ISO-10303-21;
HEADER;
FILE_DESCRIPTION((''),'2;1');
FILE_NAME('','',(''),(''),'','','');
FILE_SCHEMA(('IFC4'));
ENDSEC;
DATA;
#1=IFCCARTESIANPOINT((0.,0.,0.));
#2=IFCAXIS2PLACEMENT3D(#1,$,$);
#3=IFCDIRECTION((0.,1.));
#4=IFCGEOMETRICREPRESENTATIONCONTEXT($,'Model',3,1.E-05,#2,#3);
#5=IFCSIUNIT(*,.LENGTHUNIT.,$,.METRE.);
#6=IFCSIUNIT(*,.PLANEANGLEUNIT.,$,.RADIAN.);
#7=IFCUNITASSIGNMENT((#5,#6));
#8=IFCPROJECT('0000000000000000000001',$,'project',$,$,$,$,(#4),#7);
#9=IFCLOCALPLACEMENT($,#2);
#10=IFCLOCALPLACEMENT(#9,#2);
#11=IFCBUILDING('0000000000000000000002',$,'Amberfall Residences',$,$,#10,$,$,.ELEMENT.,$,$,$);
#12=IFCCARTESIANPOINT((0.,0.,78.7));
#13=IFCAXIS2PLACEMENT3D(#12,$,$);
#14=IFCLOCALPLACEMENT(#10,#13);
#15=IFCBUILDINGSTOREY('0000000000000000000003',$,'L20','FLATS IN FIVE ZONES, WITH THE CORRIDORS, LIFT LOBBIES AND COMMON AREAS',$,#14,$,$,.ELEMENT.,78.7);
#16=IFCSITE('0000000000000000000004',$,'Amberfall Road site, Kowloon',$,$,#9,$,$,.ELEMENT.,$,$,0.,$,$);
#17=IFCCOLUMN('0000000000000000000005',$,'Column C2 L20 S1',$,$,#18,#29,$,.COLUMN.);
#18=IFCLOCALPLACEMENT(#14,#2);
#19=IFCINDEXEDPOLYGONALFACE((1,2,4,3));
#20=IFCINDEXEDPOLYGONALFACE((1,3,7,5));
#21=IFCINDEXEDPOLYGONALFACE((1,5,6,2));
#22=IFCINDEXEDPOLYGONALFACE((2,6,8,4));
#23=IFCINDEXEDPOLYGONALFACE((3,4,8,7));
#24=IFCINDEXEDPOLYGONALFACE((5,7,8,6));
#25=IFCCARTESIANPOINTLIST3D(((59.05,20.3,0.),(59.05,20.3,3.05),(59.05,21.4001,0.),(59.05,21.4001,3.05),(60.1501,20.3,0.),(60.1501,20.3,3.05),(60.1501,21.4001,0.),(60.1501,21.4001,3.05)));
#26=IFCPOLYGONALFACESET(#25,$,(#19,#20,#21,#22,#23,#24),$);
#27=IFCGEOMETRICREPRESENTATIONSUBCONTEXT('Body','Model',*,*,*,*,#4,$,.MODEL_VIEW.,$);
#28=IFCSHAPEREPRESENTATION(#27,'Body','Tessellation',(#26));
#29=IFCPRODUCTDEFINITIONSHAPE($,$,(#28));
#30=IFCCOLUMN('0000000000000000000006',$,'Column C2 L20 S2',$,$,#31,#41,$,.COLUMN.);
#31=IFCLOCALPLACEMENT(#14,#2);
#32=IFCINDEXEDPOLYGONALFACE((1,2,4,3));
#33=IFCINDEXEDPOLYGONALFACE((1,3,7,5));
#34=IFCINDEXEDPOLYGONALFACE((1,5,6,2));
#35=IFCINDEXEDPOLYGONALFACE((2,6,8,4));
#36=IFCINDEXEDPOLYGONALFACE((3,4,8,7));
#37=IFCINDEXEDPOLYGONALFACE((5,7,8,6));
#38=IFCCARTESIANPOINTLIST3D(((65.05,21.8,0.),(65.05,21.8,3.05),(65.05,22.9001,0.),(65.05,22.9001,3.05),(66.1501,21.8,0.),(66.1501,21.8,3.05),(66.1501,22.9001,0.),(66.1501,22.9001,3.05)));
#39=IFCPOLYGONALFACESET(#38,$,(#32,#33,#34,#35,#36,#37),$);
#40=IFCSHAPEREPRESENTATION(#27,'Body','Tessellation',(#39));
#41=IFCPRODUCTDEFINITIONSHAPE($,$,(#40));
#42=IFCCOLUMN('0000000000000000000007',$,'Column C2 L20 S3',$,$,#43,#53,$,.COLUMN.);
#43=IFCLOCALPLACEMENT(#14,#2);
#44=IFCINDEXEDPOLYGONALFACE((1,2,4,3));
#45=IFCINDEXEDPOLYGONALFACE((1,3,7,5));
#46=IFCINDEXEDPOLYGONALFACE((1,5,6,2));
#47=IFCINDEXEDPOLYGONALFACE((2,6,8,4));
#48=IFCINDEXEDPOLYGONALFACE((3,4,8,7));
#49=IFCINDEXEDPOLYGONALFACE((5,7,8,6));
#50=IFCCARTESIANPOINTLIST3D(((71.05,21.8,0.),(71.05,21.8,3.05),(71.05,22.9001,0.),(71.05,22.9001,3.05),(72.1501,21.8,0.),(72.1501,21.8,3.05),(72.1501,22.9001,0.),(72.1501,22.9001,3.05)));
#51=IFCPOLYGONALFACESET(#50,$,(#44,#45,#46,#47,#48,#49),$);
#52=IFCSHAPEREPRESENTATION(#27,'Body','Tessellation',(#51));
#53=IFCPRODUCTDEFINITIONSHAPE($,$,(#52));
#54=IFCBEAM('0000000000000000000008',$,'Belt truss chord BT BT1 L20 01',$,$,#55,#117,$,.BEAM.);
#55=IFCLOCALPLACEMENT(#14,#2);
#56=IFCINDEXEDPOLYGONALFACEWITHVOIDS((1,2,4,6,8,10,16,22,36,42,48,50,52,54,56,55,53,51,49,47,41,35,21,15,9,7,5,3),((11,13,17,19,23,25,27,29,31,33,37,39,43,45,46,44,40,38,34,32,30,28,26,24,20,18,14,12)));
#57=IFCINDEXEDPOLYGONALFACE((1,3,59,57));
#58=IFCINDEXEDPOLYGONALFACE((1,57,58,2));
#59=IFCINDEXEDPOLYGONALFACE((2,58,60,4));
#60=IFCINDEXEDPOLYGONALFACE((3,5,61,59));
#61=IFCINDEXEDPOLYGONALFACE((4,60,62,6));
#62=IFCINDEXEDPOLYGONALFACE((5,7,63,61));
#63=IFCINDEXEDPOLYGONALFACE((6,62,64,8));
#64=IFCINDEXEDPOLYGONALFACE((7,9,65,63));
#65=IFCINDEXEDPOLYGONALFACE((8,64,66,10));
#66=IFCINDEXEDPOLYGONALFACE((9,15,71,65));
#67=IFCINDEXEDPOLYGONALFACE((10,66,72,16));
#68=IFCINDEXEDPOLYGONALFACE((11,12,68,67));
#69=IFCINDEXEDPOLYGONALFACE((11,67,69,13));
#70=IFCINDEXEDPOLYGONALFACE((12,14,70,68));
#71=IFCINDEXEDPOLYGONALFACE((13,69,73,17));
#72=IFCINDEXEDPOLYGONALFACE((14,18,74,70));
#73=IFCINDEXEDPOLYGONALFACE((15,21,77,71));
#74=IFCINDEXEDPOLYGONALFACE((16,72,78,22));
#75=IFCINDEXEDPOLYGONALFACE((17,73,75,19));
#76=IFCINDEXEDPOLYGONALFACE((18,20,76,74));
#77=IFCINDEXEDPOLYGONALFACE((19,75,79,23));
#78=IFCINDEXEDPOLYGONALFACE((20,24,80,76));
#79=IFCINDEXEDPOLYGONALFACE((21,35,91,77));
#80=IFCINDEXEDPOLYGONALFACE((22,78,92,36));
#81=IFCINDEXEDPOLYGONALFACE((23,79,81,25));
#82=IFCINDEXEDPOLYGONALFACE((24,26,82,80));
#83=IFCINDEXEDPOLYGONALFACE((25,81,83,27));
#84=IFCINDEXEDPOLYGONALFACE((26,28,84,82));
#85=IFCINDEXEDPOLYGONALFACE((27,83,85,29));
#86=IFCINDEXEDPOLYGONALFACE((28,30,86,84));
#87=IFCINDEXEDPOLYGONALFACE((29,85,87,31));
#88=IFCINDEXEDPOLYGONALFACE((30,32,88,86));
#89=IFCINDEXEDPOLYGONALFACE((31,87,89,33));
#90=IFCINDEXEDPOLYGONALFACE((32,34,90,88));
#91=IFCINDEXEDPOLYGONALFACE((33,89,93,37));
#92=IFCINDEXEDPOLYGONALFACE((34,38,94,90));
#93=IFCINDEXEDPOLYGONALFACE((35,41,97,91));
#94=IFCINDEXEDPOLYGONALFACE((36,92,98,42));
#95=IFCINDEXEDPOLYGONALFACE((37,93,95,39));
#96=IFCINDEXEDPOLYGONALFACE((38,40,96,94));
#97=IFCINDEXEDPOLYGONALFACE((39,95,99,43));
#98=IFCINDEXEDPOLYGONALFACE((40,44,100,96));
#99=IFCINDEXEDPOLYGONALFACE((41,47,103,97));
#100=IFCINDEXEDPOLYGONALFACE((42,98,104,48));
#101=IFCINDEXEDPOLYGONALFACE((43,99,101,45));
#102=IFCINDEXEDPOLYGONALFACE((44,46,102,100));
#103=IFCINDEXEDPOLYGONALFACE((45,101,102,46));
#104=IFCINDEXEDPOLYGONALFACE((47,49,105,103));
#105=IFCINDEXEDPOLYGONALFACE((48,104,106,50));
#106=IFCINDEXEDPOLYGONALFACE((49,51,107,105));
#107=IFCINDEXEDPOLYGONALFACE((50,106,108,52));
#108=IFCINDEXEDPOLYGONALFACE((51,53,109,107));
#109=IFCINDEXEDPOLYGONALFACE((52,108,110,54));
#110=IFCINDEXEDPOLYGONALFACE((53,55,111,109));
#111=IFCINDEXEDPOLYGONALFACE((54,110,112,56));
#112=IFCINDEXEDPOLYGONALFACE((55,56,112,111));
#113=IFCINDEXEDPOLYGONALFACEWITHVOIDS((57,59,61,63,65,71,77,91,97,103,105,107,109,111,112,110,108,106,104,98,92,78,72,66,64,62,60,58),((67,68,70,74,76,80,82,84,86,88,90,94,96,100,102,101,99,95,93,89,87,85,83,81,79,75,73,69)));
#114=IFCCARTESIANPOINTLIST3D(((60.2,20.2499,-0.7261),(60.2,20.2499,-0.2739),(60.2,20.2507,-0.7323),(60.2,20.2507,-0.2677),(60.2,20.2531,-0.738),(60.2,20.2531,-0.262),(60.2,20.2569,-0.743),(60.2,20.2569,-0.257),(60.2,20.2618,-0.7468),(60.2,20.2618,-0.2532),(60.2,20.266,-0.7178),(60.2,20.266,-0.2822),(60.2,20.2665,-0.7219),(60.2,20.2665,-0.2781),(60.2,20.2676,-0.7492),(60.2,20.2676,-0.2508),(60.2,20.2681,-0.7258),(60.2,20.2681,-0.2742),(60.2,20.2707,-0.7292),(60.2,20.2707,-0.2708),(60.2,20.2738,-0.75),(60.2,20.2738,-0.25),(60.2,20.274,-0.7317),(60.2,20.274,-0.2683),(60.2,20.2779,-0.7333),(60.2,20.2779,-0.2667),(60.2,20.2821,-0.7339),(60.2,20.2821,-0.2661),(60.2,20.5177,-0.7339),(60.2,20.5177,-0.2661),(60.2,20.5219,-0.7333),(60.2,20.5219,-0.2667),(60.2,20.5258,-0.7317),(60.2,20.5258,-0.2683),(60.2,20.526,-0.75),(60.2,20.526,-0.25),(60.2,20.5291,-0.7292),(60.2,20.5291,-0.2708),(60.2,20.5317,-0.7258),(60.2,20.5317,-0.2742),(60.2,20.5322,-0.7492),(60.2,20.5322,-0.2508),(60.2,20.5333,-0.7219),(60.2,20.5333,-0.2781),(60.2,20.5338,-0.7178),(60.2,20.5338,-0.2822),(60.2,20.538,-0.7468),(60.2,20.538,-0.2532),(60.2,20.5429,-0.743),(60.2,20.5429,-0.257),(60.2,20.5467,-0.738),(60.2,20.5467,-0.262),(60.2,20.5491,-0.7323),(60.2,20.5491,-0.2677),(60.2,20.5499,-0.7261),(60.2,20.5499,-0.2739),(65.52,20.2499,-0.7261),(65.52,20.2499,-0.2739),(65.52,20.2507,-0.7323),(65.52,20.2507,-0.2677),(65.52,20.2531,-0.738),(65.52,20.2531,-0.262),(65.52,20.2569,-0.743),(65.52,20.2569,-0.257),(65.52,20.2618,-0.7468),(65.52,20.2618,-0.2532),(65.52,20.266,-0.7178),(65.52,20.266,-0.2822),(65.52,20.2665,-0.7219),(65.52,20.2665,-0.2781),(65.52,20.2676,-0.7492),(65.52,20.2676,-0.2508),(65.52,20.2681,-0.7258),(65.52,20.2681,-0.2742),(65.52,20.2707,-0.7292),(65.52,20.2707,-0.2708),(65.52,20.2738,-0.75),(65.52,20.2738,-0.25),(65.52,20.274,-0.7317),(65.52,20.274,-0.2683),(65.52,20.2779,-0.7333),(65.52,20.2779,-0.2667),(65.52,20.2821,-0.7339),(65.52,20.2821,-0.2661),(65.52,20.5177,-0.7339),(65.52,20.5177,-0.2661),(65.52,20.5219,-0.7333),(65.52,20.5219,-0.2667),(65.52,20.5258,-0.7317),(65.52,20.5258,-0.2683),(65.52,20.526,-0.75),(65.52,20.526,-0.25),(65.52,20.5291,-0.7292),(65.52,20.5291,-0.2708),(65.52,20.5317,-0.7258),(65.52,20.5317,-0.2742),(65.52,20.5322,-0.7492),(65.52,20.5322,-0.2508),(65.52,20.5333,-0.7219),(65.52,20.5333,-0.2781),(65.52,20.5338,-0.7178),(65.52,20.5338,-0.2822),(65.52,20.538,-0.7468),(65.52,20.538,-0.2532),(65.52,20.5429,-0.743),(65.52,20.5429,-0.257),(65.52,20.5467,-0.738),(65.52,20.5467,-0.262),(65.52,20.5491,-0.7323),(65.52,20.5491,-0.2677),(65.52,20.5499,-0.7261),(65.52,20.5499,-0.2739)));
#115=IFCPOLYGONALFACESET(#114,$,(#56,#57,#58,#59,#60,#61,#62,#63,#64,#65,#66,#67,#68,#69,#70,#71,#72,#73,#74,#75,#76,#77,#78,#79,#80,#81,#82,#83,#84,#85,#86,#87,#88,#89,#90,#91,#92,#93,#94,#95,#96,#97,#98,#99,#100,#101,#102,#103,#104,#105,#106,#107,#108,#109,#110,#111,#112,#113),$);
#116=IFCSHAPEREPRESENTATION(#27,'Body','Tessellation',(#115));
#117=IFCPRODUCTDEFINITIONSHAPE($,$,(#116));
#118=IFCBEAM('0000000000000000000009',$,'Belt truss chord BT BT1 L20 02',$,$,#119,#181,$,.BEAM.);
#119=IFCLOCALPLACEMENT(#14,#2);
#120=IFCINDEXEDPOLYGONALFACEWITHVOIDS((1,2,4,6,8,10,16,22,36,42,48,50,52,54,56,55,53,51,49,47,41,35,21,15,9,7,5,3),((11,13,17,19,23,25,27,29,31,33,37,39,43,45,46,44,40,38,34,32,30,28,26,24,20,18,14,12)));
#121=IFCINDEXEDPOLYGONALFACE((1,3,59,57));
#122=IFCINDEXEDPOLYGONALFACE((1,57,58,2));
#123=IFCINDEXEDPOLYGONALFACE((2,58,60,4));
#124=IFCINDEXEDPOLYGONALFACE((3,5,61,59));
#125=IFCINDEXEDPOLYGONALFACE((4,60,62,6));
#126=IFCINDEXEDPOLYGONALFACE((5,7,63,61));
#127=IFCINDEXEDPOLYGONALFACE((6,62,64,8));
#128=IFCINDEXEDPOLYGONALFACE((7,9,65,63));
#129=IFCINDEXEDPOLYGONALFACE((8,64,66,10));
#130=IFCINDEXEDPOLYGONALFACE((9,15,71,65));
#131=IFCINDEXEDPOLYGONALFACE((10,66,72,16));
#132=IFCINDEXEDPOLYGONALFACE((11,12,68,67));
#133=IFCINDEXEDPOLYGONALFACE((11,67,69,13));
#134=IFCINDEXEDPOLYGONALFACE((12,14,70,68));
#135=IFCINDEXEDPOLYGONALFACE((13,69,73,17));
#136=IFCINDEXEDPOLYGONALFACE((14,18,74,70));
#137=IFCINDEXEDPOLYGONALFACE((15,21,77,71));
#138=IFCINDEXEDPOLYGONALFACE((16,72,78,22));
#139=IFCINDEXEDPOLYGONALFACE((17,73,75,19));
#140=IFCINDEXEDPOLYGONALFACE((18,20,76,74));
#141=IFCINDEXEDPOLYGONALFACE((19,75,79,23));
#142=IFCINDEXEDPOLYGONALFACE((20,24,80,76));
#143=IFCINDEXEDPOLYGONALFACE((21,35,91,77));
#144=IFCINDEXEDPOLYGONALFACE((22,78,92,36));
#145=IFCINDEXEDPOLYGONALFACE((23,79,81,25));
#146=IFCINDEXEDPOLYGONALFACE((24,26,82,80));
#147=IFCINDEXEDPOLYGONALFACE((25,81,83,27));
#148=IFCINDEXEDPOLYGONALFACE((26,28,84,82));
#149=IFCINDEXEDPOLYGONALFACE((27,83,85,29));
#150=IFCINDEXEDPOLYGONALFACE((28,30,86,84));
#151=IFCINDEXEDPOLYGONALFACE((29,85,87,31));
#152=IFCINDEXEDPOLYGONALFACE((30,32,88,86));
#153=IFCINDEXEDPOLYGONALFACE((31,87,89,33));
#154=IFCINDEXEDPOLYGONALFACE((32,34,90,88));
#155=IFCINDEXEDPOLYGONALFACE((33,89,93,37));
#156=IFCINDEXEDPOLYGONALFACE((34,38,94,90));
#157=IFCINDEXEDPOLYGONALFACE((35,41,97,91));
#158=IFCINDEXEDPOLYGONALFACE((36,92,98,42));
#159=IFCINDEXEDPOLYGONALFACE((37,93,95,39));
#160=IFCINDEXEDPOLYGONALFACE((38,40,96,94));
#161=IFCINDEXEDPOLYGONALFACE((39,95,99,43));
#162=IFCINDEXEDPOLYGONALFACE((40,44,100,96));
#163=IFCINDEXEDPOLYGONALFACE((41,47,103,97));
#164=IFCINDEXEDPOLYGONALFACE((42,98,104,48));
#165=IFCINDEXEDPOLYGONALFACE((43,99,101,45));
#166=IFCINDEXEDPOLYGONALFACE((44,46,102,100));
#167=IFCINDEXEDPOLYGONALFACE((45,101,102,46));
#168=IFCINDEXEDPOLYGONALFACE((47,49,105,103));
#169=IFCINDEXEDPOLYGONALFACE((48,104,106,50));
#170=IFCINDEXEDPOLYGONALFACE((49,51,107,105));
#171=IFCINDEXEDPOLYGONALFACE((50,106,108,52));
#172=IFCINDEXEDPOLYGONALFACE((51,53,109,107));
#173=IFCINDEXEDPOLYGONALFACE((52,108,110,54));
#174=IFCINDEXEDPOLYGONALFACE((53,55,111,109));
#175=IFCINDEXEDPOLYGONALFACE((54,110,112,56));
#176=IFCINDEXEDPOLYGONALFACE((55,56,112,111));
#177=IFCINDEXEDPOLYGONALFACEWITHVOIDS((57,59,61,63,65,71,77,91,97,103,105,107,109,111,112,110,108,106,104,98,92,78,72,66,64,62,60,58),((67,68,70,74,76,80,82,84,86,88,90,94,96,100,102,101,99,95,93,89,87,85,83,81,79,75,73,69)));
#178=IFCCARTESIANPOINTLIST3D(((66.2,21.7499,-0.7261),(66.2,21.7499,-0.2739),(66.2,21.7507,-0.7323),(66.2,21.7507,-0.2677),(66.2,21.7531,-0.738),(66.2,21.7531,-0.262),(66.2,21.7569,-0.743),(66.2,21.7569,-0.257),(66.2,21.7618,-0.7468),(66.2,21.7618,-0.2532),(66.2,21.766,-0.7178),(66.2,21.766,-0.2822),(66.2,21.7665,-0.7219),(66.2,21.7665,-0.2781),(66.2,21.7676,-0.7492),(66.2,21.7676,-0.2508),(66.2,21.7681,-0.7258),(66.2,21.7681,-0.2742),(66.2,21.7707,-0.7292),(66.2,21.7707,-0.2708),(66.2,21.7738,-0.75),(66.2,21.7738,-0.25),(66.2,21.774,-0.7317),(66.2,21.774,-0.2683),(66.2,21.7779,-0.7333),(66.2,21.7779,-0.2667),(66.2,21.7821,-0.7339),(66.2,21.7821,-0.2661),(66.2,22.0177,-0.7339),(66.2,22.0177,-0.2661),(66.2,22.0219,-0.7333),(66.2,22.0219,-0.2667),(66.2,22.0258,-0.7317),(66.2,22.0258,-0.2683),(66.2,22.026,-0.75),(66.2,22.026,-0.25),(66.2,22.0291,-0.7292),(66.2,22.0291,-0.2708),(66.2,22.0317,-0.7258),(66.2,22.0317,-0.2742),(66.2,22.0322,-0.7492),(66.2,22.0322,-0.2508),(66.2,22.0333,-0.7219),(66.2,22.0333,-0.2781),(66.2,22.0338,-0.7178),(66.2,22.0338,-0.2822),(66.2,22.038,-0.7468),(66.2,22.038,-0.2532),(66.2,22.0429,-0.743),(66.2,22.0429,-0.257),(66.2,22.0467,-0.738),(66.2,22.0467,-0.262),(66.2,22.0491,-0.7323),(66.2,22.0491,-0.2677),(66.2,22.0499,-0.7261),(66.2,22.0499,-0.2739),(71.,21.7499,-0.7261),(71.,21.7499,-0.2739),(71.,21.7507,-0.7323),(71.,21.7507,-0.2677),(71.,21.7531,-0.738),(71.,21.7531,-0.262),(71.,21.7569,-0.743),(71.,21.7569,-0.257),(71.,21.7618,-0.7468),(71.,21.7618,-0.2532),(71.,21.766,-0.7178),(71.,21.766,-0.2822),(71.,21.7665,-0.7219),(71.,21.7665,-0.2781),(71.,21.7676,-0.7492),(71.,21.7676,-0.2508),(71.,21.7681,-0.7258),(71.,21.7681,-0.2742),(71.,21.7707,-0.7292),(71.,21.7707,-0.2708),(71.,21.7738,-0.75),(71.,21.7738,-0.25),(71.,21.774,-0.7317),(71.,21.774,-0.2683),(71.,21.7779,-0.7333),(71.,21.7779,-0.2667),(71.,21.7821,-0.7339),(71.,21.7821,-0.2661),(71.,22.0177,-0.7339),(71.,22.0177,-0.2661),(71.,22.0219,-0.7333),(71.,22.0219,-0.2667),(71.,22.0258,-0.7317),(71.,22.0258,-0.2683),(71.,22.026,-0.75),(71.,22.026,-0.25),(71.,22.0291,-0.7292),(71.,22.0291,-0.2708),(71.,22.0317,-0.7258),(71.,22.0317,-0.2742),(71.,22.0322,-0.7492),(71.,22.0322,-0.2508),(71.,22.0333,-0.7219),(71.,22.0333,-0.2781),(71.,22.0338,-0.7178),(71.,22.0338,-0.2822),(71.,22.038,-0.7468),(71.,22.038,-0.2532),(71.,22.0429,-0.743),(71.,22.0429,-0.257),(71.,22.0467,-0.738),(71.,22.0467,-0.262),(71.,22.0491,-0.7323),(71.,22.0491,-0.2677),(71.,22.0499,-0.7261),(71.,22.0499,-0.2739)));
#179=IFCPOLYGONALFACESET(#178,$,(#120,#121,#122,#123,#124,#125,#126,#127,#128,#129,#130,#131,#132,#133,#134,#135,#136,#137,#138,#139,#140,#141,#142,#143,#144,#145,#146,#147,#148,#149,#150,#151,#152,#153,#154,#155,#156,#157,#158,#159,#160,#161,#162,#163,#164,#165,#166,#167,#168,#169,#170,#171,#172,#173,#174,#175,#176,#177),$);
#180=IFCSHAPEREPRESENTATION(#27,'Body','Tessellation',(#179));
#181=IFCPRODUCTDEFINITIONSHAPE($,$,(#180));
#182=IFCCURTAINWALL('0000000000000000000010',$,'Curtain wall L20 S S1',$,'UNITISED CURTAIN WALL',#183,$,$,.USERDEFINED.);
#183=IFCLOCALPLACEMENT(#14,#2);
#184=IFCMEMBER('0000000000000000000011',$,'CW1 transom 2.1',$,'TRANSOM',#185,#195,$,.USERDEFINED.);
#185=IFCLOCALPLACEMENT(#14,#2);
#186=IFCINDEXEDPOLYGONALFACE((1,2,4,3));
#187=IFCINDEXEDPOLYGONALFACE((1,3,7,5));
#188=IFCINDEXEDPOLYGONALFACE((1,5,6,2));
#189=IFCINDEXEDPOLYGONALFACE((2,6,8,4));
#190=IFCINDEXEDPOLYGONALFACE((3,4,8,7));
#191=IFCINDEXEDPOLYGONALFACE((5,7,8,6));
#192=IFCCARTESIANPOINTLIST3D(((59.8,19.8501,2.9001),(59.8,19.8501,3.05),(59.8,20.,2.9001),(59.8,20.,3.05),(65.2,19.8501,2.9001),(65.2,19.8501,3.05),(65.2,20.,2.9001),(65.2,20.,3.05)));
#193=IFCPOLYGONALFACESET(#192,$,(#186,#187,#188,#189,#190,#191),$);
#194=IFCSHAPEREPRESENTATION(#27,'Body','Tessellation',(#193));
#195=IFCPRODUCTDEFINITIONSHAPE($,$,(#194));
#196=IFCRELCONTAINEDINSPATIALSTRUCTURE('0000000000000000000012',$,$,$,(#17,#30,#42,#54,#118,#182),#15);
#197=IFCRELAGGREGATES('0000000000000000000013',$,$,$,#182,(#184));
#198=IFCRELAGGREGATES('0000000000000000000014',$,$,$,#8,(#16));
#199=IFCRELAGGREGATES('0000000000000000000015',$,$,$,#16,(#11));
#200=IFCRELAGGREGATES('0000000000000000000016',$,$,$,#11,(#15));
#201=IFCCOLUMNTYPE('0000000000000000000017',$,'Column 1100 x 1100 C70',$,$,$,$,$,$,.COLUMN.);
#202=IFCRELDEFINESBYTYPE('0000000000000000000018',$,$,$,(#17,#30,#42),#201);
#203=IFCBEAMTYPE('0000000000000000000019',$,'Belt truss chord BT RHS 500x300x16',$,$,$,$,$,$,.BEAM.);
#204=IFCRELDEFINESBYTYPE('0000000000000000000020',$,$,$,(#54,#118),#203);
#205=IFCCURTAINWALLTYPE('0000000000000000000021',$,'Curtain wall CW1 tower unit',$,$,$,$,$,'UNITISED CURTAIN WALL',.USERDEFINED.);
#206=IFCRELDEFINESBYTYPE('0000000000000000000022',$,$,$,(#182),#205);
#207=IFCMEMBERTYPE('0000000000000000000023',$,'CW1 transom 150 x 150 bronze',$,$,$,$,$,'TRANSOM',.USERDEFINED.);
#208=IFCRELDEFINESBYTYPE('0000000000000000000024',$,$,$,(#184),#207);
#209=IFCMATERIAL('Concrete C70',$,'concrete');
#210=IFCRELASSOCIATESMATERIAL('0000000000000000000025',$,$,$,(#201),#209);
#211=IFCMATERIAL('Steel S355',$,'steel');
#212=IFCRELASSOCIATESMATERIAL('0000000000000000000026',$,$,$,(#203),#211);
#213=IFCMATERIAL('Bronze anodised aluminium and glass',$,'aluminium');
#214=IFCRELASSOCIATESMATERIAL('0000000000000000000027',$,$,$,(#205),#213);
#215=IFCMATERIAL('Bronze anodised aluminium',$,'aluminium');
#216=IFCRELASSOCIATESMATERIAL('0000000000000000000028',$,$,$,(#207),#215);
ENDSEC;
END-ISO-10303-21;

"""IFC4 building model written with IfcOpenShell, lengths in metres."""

from ifc_helpers import new_model, si_unit, direction, frame, origin, origin_2d, place, context, subcontext, project, spatial, rectangle, hollow_rectangle, extrude, material, material_profile, profile_set, type_object, element, aggregate, save


model = new_model("IFC4")

# Units and contexts
model_context = context("Model", 3, precision=1e-05, world=origin(), true_north=direction((0.0, 1.0)))
body_context = subcontext(model_context, "Body", "Model", "MODEL_VIEW")
ifc_project = project(units=[si_unit("LENGTHUNIT", "METRE"), si_unit("PLANEANGLEUNIT", "RADIAN")], contexts=[model_context])

# Site, building, storey
site_placement = place(None, origin())
site = spatial("IfcSite", under=ifc_project, at=site_placement, Name="Amberfall Road site, Kowloon", CompositionType="ELEMENT", RefElevation=0.0)
building_placement = place(site_placement, origin())
building = spatial("IfcBuilding", under=site, at=building_placement, Name="Amberfall Residences", CompositionType="ELEMENT")
storey_placement = place(building_placement, frame((0.0, 0.0, 78.7)))
storey = spatial("IfcBuildingStorey", under=building, at=storey_placement, Name="L20", Description="FLATS IN FIVE ZONES, WITH THE CORRIDORS, LIFT LOBBIES AND COMMON AREAS", CompositionType="ELEMENT", Elevation=78.7)

# Columns
ifc_material_1 = material(Name="Concrete C70", Category="concrete")
ifc_material_profile_1 = material_profile(ifc_material_1, rectangle(XDim=1.1001, YDim=1.1001, at=origin_2d()), Name="Column 1100 x 1100 C70")
ifc_profile_set_1 = profile_set([ifc_material_profile_1], Name="Concrete C70")
column_type = type_object("IfcColumnType", Name="Column 1100 x 1100 C70", PredefinedType="COLUMN", material=ifc_profile_set_1)
for number, where, z_axis, x_axis, name in (
    (1, (59.6001, 20.8501, 0.0), (0.0, 0.0, 1.0), (1.0, 0.0, 0.0), "Column C2 L20 S1"),
    (2, (65.6001, 22.3501, 0.0), (0.0, 0.0, 1.0), (1.0, 0.0, 0.0), "Column C2 L20 S2"),
    (3, (71.6001, 22.3501, 0.0), (0.0, 0.0, 1.0), (1.0, 0.0, 0.0), "Column C2 L20 S3"),
):
    element("IfcColumn", number, at=place(storey_placement, frame(where, z_axis=z_axis, x_axis=x_axis)), inside=storey, type_object=column_type, Name=name, PredefinedType="COLUMN", context=body_context, shape_type="SweptSolid", body=[
        extrude(rectangle(XDim=1.1001, YDim=1.1001, at=origin_2d()), origin(), (0.0, 0.0, 1.0), 3.05),
    ])

# Beams
ifc_material_2 = material(Name="Steel S355", Category="steel")
ifc_material_profile_2 = material_profile(ifc_material_2, hollow_rectangle(XDim=0.3, YDim=0.5, WallThickness=0.0161, InnerFilletRadius=0.0161, OuterFilletRadius=0.0239, at=origin_2d()), Name="RHS 500x300x16")
ifc_profile_set_2 = profile_set([ifc_material_profile_2], Name="Steel S355")
beam_type_1 = type_object("IfcBeamType", Name="Belt truss chord BT RHS 500x300x16", PredefinedType="BEAM", material=ifc_profile_set_2)
beam_1_placement = place(storey_placement, frame((60.2, 20.3999, -0.5), z_axis=(1.0, 0.0, 0.0), x_axis=(0.0, 1.0, 0.0)))
element("IfcBeam", 4, at=beam_1_placement, inside=storey, type_object=beam_type_1, Name="Belt truss chord BT BT1 L20 01", PredefinedType="BEAM", context=body_context, shape_type="SweptSolid", body=[
    extrude(hollow_rectangle(XDim=0.3, YDim=0.5, WallThickness=0.0161, InnerFilletRadius=0.0161, OuterFilletRadius=0.0239, at=origin_2d()), origin(), (0.0, 0.0, 1.0), 5.3201),
])
beam_2_placement = place(storey_placement, frame((66.2, 21.8999, -0.5), z_axis=(1.0, 0.0, 0.0), x_axis=(0.0, 1.0, 0.0)))
element("IfcBeam", 5, at=beam_2_placement, inside=storey, type_object=beam_type_1, Name="Belt truss chord BT BT1 L20 02", PredefinedType="BEAM", context=body_context, shape_type="SweptSolid", body=[
    extrude(hollow_rectangle(XDim=0.3, YDim=0.5, WallThickness=0.0161, InnerFilletRadius=0.0161, OuterFilletRadius=0.0239, at=origin_2d()), origin(), (0.0, 0.0, 1.0), 4.8),
])

# Curtain wall, member
ifc_material_3 = material(Name="Bronze anodised aluminium and glass", Category="aluminium")
curtain_wall_type = type_object("IfcCurtainWallType", Name="Curtain wall CW1 tower unit", ElementType="UNITISED CURTAIN WALL", PredefinedType="USERDEFINED", material=ifc_material_3)
curtain_wall_placement = place(storey_placement, origin())
curtain_wall = element("IfcCurtainWall", 6, at=curtain_wall_placement, inside=storey, type_object=curtain_wall_type, Name="Curtain wall L20 S S1", ObjectType="UNITISED CURTAIN WALL", PredefinedType="USERDEFINED")
ifc_material_4 = material(Name="Bronze anodised aluminium", Category="aluminium")
ifc_material_profile_3 = material_profile(ifc_material_4, rectangle(XDim=0.1499, YDim=0.1499, at=origin_2d()), Name="CW1 transom 150 x 150 bronze")
ifc_profile_set_3 = profile_set([ifc_material_profile_3], Name="Bronze anodised aluminium")
member_type_1 = type_object("IfcMemberType", Name="CW1 transom 150 x 150 bronze", ElementType="TRANSOM", PredefinedType="USERDEFINED", material=ifc_profile_set_3)
member_1_placement = place(storey_placement, frame((59.8, 19.925, 2.9751), z_axis=(1.0, 0.0, 0.0), x_axis=(0.0, 1.0, 0.0)))
member_1 = element("IfcMember", 7, at=member_1_placement, type_object=member_type_1, Name="CW1 transom 2.1", ObjectType="TRANSOM", PredefinedType="USERDEFINED", context=body_context, shape_type="SweptSolid", body=[
    extrude(rectangle(XDim=0.1499, YDim=0.1499, at=origin_2d()), origin(), (0.0, 0.0, 1.0), 5.3999),
])

aggregate(curtain_wall, [member_1])

save(model, "model.ifc")
